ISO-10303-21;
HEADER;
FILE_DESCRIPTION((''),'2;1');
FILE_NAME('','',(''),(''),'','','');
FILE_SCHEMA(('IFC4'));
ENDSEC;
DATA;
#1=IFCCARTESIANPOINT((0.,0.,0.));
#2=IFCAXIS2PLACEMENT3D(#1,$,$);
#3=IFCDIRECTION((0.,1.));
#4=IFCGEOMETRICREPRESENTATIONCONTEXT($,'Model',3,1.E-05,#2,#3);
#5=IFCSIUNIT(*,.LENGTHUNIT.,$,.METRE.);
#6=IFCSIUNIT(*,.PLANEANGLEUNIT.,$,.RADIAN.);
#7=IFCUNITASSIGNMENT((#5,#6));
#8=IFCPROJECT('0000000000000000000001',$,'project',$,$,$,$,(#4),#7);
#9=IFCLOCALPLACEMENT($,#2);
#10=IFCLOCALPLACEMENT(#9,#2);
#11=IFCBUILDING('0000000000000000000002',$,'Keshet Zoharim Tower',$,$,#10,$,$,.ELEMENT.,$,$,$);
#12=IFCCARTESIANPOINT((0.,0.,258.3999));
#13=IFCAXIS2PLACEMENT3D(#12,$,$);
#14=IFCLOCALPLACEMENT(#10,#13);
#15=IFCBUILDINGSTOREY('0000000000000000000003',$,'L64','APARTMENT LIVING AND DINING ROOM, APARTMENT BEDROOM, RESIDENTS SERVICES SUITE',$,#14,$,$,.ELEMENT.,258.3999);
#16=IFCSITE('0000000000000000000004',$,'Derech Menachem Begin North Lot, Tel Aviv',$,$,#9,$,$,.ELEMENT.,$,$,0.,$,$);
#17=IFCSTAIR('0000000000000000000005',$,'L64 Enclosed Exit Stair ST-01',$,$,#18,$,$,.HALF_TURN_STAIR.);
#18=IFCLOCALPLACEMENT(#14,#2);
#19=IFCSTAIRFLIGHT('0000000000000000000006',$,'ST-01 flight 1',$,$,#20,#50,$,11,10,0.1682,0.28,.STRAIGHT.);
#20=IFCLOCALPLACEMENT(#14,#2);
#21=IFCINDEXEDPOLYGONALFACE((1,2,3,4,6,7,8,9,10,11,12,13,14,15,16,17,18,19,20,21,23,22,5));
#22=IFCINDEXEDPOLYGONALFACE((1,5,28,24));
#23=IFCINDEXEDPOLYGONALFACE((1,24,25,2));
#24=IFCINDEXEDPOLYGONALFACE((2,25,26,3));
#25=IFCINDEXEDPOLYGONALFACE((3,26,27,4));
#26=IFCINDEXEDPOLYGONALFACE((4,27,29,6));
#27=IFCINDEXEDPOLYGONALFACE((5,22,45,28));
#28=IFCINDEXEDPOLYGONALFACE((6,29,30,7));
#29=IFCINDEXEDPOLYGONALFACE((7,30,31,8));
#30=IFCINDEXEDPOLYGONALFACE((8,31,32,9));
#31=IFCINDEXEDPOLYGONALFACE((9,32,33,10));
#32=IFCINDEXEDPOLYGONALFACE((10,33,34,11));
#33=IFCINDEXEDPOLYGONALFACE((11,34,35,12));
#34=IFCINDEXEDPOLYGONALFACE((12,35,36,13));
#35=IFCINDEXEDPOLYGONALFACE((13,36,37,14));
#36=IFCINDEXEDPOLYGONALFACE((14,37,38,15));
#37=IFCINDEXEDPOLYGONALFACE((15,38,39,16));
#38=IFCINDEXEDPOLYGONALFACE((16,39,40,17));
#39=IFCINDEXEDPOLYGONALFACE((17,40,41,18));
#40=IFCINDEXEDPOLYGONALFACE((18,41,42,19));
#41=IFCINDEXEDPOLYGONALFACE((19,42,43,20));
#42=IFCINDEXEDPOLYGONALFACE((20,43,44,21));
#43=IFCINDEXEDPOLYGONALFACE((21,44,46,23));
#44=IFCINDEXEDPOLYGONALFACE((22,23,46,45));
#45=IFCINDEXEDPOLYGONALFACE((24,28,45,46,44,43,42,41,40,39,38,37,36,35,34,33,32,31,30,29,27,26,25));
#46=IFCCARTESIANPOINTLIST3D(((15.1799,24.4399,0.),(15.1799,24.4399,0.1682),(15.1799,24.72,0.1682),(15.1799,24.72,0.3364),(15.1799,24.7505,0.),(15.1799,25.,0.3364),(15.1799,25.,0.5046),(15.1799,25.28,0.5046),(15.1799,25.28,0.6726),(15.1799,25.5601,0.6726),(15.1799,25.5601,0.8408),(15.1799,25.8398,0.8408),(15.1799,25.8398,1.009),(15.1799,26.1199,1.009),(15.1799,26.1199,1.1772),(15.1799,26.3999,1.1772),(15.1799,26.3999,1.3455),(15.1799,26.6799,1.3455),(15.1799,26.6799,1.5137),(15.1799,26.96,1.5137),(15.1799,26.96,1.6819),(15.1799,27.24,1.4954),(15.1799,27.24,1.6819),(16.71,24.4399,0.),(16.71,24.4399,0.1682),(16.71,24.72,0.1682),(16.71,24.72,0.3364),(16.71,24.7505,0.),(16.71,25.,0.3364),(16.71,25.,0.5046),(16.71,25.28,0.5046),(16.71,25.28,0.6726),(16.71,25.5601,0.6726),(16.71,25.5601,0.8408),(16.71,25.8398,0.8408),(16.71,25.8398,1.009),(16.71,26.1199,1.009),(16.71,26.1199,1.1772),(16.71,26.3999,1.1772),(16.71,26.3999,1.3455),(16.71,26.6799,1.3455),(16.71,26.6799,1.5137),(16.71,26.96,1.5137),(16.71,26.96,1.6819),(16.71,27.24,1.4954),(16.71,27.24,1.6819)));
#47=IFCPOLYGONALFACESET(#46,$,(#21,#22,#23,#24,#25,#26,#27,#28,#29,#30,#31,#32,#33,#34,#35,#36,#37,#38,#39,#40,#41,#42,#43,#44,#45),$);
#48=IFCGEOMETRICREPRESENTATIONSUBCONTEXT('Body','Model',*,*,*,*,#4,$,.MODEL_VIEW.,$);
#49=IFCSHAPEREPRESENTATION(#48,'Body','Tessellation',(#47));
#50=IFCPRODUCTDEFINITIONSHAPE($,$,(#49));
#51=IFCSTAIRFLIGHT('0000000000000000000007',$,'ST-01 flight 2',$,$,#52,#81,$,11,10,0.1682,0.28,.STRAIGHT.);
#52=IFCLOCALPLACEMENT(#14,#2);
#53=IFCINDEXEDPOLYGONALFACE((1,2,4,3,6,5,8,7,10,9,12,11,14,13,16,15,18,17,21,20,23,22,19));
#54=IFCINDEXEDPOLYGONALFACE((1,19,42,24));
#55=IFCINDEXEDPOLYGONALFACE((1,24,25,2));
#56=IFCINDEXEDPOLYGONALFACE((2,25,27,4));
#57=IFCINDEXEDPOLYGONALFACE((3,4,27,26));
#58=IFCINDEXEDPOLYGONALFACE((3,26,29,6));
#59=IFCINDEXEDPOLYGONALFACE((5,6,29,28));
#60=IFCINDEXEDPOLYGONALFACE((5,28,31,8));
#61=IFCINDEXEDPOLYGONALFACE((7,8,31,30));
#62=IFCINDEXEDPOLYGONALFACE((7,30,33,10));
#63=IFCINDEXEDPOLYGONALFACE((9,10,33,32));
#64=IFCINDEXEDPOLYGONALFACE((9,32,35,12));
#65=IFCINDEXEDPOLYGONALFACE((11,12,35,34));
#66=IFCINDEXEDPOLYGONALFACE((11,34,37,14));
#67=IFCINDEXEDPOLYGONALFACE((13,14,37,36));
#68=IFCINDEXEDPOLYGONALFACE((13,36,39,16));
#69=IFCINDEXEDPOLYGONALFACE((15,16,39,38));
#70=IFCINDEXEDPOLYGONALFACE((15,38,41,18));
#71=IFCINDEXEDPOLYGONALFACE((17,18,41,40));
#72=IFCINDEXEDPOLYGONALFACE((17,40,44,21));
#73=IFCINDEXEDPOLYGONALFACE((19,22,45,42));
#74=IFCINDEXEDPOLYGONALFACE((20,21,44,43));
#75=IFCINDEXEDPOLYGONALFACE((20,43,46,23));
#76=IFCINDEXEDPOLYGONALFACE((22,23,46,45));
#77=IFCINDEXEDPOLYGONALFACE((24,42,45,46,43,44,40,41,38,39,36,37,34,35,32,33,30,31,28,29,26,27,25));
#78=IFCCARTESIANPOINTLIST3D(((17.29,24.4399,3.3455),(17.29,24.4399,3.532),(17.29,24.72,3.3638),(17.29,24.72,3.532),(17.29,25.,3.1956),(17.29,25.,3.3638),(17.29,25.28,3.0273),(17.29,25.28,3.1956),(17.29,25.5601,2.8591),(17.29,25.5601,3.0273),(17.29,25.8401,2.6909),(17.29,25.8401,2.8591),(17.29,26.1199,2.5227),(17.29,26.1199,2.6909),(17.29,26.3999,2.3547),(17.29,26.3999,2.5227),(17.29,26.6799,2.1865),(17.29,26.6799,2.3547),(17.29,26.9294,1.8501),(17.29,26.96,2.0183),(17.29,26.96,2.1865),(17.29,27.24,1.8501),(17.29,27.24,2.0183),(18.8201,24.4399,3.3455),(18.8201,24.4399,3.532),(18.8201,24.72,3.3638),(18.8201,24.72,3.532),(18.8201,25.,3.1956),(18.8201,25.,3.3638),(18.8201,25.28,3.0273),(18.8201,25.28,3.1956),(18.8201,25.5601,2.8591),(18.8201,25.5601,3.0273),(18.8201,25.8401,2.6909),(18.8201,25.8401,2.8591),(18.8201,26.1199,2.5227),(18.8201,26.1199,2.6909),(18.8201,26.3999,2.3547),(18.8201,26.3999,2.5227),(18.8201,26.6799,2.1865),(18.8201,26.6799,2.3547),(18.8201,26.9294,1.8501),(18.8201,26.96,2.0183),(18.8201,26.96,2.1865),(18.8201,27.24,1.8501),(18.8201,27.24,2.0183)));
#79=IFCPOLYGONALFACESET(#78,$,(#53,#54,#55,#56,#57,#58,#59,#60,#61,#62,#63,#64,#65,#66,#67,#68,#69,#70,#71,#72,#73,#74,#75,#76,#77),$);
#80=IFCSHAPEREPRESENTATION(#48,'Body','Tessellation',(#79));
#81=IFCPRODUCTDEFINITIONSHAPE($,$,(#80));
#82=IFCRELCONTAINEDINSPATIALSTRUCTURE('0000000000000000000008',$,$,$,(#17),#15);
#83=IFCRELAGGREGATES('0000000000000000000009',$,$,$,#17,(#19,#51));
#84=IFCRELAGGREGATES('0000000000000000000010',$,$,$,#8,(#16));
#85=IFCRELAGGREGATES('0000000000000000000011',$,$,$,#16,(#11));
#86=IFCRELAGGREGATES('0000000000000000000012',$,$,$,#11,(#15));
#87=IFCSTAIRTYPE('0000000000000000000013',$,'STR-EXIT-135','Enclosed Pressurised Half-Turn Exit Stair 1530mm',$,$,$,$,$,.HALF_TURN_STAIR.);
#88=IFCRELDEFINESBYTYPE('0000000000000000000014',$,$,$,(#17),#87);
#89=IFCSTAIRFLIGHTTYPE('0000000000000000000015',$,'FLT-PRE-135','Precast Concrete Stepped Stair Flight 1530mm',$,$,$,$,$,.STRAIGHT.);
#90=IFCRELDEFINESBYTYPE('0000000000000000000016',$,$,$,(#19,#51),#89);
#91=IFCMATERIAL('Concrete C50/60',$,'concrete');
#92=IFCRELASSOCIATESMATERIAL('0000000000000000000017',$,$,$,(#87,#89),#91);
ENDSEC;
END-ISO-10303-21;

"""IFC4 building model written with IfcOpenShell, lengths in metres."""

from ifc_helpers import new_model, si_unit, direction, frame, origin, place, context, subcontext, project, spatial, polyline, outline, extrude, material, type_object, element, aggregate, save


model = new_model("IFC4")

# Units and contexts
model_context = context("Model", 3, precision=1e-05, world=origin(), true_north=direction((0.0, 1.0)))
body_context = subcontext(model_context, "Body", "Model", "MODEL_VIEW")
ifc_project = project(units=[si_unit("LENGTHUNIT", "METRE"), si_unit("PLANEANGLEUNIT", "RADIAN")], contexts=[model_context])

# Site, building, storey
site_placement = place(None, origin())
site = spatial("IfcSite", under=ifc_project, at=site_placement, Name="Derech Menachem Begin North Lot, Tel Aviv", CompositionType="ELEMENT", RefElevation=0.0)
building_placement = place(site_placement, origin())
building = spatial("IfcBuilding", under=site, at=building_placement, Name="Keshet Zoharim Tower", CompositionType="ELEMENT")
storey_placement = place(building_placement, frame((0.0, 0.0, 258.3999)))
storey = spatial("IfcBuildingStorey", under=building, at=storey_placement, Name="L64", Description="APARTMENT LIVING AND DINING ROOM, APARTMENT BEDROOM, RESIDENTS SERVICES SUITE", CompositionType="ELEMENT", Elevation=258.3999)

# Shared definitions
ifc_material_1 = material(Name="Concrete C50/60", Category="concrete")

# Stair, stair flights
stair_type = type_object("IfcStairType", Name="STR-EXIT-135", Description="Enclosed Pressurised Half-Turn Exit Stair 1530mm", PredefinedType="HALF_TURN_STAIR", material=ifc_material_1)
stair_placement = place(storey_placement, origin())
stair = element("IfcStair", 1, at=stair_placement, inside=storey, type_object=stair_type, Name="L64 Enclosed Exit Stair ST-01", PredefinedType="HALF_TURN_STAIR")
stair_flight_type = type_object("IfcStairFlightType", Name="FLT-PRE-135", Description="Precast Concrete Stepped Stair Flight 1530mm", PredefinedType="STRAIGHT", material=ifc_material_1)
stair_flight_1_placement = place(storey_placement, frame((15.9451, 24.4399, 0.0), z_axis=(0.0, 0.0, 1.0), x_axis=(0.0, 1.0, 0.0)))
stair_flight_1 = element("IfcStairFlight", 2, at=stair_flight_1_placement, type_object=stair_flight_type, Name="ST-01 flight 1", NumberOfRisers=11, NumberOfTreads=10, PredefinedType="STRAIGHT", RiserHeight=0.1682, TreadLength=0.28, context=body_context, shape_type="SweptSolid", body=[
    extrude(outline(polyline([(0.0, 0.0), (0.0, 0.1682), (0.28, 0.1682), (0.28, 0.3364), (0.5601, 0.3364), (0.5601, 0.5046), (0.8401, 0.5046), (0.8401, 0.6726), (1.1201, 0.6726), (1.1201, 0.8408), (1.3999, 0.8408), (1.3999, 1.009), (1.6799, 1.009), (1.6799, 1.1772), (1.96, 1.1772), (1.96, 1.3455), (2.24, 1.3455), (2.24, 1.5137), (2.52, 1.5137), (2.52, 1.6819), (2.8, 1.6819), (2.8, 1.8501), (2.8, 1.4954), (0.3105, 0.0), (0.0, 0.0)])), frame((0.0, 0.7651, 0.0), z_axis=(0.0, -1.0, 0.0), x_axis=(1.0, 0.0, 0.0)), (0.0, 0.0, 1.0), 1.53),
])
stair_flight_2_placement = place(storey_placement, frame((18.0549, 27.24, 1.8501), z_axis=(0.0, 0.0, 1.0), x_axis=(0.0, -1.0, 0.0)))
stair_flight_2 = element("IfcStairFlight", 3, at=stair_flight_2_placement, type_object=stair_flight_type, Name="ST-01 flight 2", NumberOfRisers=11, NumberOfTreads=10, PredefinedType="STRAIGHT", RiserHeight=0.1682, TreadLength=0.28, context=body_context, shape_type="SweptSolid", body=[
    extrude(outline(polyline([(0.0, 0.0), (0.0, 0.1682), (0.28, 0.1682), (0.28, 0.3364), (0.5601, 0.3364), (0.5601, 0.5046), (0.8401, 0.5046), (0.8401, 0.6726), (1.1201, 0.6726), (1.1201, 0.8408), (1.3999, 0.8408), (1.3999, 1.009), (1.6799, 1.009), (1.6799, 1.1772), (1.96, 1.1772), (1.96, 1.3455), (2.24, 1.3455), (2.24, 1.5137), (2.52, 1.5137), (2.52, 1.6819), (2.8, 1.6819), (2.8, 1.8501), (2.8, 1.4954), (0.3105, 0.0), (0.0, 0.0)])), frame((0.0, 0.7651, 0.0), z_axis=(0.0, -1.0, 0.0), x_axis=(1.0, 0.0, 0.0)), (0.0, 0.0, 1.0), 1.53),
])
aggregate(stair, [stair_flight_1, stair_flight_2])

save(model, "model.ifc")
